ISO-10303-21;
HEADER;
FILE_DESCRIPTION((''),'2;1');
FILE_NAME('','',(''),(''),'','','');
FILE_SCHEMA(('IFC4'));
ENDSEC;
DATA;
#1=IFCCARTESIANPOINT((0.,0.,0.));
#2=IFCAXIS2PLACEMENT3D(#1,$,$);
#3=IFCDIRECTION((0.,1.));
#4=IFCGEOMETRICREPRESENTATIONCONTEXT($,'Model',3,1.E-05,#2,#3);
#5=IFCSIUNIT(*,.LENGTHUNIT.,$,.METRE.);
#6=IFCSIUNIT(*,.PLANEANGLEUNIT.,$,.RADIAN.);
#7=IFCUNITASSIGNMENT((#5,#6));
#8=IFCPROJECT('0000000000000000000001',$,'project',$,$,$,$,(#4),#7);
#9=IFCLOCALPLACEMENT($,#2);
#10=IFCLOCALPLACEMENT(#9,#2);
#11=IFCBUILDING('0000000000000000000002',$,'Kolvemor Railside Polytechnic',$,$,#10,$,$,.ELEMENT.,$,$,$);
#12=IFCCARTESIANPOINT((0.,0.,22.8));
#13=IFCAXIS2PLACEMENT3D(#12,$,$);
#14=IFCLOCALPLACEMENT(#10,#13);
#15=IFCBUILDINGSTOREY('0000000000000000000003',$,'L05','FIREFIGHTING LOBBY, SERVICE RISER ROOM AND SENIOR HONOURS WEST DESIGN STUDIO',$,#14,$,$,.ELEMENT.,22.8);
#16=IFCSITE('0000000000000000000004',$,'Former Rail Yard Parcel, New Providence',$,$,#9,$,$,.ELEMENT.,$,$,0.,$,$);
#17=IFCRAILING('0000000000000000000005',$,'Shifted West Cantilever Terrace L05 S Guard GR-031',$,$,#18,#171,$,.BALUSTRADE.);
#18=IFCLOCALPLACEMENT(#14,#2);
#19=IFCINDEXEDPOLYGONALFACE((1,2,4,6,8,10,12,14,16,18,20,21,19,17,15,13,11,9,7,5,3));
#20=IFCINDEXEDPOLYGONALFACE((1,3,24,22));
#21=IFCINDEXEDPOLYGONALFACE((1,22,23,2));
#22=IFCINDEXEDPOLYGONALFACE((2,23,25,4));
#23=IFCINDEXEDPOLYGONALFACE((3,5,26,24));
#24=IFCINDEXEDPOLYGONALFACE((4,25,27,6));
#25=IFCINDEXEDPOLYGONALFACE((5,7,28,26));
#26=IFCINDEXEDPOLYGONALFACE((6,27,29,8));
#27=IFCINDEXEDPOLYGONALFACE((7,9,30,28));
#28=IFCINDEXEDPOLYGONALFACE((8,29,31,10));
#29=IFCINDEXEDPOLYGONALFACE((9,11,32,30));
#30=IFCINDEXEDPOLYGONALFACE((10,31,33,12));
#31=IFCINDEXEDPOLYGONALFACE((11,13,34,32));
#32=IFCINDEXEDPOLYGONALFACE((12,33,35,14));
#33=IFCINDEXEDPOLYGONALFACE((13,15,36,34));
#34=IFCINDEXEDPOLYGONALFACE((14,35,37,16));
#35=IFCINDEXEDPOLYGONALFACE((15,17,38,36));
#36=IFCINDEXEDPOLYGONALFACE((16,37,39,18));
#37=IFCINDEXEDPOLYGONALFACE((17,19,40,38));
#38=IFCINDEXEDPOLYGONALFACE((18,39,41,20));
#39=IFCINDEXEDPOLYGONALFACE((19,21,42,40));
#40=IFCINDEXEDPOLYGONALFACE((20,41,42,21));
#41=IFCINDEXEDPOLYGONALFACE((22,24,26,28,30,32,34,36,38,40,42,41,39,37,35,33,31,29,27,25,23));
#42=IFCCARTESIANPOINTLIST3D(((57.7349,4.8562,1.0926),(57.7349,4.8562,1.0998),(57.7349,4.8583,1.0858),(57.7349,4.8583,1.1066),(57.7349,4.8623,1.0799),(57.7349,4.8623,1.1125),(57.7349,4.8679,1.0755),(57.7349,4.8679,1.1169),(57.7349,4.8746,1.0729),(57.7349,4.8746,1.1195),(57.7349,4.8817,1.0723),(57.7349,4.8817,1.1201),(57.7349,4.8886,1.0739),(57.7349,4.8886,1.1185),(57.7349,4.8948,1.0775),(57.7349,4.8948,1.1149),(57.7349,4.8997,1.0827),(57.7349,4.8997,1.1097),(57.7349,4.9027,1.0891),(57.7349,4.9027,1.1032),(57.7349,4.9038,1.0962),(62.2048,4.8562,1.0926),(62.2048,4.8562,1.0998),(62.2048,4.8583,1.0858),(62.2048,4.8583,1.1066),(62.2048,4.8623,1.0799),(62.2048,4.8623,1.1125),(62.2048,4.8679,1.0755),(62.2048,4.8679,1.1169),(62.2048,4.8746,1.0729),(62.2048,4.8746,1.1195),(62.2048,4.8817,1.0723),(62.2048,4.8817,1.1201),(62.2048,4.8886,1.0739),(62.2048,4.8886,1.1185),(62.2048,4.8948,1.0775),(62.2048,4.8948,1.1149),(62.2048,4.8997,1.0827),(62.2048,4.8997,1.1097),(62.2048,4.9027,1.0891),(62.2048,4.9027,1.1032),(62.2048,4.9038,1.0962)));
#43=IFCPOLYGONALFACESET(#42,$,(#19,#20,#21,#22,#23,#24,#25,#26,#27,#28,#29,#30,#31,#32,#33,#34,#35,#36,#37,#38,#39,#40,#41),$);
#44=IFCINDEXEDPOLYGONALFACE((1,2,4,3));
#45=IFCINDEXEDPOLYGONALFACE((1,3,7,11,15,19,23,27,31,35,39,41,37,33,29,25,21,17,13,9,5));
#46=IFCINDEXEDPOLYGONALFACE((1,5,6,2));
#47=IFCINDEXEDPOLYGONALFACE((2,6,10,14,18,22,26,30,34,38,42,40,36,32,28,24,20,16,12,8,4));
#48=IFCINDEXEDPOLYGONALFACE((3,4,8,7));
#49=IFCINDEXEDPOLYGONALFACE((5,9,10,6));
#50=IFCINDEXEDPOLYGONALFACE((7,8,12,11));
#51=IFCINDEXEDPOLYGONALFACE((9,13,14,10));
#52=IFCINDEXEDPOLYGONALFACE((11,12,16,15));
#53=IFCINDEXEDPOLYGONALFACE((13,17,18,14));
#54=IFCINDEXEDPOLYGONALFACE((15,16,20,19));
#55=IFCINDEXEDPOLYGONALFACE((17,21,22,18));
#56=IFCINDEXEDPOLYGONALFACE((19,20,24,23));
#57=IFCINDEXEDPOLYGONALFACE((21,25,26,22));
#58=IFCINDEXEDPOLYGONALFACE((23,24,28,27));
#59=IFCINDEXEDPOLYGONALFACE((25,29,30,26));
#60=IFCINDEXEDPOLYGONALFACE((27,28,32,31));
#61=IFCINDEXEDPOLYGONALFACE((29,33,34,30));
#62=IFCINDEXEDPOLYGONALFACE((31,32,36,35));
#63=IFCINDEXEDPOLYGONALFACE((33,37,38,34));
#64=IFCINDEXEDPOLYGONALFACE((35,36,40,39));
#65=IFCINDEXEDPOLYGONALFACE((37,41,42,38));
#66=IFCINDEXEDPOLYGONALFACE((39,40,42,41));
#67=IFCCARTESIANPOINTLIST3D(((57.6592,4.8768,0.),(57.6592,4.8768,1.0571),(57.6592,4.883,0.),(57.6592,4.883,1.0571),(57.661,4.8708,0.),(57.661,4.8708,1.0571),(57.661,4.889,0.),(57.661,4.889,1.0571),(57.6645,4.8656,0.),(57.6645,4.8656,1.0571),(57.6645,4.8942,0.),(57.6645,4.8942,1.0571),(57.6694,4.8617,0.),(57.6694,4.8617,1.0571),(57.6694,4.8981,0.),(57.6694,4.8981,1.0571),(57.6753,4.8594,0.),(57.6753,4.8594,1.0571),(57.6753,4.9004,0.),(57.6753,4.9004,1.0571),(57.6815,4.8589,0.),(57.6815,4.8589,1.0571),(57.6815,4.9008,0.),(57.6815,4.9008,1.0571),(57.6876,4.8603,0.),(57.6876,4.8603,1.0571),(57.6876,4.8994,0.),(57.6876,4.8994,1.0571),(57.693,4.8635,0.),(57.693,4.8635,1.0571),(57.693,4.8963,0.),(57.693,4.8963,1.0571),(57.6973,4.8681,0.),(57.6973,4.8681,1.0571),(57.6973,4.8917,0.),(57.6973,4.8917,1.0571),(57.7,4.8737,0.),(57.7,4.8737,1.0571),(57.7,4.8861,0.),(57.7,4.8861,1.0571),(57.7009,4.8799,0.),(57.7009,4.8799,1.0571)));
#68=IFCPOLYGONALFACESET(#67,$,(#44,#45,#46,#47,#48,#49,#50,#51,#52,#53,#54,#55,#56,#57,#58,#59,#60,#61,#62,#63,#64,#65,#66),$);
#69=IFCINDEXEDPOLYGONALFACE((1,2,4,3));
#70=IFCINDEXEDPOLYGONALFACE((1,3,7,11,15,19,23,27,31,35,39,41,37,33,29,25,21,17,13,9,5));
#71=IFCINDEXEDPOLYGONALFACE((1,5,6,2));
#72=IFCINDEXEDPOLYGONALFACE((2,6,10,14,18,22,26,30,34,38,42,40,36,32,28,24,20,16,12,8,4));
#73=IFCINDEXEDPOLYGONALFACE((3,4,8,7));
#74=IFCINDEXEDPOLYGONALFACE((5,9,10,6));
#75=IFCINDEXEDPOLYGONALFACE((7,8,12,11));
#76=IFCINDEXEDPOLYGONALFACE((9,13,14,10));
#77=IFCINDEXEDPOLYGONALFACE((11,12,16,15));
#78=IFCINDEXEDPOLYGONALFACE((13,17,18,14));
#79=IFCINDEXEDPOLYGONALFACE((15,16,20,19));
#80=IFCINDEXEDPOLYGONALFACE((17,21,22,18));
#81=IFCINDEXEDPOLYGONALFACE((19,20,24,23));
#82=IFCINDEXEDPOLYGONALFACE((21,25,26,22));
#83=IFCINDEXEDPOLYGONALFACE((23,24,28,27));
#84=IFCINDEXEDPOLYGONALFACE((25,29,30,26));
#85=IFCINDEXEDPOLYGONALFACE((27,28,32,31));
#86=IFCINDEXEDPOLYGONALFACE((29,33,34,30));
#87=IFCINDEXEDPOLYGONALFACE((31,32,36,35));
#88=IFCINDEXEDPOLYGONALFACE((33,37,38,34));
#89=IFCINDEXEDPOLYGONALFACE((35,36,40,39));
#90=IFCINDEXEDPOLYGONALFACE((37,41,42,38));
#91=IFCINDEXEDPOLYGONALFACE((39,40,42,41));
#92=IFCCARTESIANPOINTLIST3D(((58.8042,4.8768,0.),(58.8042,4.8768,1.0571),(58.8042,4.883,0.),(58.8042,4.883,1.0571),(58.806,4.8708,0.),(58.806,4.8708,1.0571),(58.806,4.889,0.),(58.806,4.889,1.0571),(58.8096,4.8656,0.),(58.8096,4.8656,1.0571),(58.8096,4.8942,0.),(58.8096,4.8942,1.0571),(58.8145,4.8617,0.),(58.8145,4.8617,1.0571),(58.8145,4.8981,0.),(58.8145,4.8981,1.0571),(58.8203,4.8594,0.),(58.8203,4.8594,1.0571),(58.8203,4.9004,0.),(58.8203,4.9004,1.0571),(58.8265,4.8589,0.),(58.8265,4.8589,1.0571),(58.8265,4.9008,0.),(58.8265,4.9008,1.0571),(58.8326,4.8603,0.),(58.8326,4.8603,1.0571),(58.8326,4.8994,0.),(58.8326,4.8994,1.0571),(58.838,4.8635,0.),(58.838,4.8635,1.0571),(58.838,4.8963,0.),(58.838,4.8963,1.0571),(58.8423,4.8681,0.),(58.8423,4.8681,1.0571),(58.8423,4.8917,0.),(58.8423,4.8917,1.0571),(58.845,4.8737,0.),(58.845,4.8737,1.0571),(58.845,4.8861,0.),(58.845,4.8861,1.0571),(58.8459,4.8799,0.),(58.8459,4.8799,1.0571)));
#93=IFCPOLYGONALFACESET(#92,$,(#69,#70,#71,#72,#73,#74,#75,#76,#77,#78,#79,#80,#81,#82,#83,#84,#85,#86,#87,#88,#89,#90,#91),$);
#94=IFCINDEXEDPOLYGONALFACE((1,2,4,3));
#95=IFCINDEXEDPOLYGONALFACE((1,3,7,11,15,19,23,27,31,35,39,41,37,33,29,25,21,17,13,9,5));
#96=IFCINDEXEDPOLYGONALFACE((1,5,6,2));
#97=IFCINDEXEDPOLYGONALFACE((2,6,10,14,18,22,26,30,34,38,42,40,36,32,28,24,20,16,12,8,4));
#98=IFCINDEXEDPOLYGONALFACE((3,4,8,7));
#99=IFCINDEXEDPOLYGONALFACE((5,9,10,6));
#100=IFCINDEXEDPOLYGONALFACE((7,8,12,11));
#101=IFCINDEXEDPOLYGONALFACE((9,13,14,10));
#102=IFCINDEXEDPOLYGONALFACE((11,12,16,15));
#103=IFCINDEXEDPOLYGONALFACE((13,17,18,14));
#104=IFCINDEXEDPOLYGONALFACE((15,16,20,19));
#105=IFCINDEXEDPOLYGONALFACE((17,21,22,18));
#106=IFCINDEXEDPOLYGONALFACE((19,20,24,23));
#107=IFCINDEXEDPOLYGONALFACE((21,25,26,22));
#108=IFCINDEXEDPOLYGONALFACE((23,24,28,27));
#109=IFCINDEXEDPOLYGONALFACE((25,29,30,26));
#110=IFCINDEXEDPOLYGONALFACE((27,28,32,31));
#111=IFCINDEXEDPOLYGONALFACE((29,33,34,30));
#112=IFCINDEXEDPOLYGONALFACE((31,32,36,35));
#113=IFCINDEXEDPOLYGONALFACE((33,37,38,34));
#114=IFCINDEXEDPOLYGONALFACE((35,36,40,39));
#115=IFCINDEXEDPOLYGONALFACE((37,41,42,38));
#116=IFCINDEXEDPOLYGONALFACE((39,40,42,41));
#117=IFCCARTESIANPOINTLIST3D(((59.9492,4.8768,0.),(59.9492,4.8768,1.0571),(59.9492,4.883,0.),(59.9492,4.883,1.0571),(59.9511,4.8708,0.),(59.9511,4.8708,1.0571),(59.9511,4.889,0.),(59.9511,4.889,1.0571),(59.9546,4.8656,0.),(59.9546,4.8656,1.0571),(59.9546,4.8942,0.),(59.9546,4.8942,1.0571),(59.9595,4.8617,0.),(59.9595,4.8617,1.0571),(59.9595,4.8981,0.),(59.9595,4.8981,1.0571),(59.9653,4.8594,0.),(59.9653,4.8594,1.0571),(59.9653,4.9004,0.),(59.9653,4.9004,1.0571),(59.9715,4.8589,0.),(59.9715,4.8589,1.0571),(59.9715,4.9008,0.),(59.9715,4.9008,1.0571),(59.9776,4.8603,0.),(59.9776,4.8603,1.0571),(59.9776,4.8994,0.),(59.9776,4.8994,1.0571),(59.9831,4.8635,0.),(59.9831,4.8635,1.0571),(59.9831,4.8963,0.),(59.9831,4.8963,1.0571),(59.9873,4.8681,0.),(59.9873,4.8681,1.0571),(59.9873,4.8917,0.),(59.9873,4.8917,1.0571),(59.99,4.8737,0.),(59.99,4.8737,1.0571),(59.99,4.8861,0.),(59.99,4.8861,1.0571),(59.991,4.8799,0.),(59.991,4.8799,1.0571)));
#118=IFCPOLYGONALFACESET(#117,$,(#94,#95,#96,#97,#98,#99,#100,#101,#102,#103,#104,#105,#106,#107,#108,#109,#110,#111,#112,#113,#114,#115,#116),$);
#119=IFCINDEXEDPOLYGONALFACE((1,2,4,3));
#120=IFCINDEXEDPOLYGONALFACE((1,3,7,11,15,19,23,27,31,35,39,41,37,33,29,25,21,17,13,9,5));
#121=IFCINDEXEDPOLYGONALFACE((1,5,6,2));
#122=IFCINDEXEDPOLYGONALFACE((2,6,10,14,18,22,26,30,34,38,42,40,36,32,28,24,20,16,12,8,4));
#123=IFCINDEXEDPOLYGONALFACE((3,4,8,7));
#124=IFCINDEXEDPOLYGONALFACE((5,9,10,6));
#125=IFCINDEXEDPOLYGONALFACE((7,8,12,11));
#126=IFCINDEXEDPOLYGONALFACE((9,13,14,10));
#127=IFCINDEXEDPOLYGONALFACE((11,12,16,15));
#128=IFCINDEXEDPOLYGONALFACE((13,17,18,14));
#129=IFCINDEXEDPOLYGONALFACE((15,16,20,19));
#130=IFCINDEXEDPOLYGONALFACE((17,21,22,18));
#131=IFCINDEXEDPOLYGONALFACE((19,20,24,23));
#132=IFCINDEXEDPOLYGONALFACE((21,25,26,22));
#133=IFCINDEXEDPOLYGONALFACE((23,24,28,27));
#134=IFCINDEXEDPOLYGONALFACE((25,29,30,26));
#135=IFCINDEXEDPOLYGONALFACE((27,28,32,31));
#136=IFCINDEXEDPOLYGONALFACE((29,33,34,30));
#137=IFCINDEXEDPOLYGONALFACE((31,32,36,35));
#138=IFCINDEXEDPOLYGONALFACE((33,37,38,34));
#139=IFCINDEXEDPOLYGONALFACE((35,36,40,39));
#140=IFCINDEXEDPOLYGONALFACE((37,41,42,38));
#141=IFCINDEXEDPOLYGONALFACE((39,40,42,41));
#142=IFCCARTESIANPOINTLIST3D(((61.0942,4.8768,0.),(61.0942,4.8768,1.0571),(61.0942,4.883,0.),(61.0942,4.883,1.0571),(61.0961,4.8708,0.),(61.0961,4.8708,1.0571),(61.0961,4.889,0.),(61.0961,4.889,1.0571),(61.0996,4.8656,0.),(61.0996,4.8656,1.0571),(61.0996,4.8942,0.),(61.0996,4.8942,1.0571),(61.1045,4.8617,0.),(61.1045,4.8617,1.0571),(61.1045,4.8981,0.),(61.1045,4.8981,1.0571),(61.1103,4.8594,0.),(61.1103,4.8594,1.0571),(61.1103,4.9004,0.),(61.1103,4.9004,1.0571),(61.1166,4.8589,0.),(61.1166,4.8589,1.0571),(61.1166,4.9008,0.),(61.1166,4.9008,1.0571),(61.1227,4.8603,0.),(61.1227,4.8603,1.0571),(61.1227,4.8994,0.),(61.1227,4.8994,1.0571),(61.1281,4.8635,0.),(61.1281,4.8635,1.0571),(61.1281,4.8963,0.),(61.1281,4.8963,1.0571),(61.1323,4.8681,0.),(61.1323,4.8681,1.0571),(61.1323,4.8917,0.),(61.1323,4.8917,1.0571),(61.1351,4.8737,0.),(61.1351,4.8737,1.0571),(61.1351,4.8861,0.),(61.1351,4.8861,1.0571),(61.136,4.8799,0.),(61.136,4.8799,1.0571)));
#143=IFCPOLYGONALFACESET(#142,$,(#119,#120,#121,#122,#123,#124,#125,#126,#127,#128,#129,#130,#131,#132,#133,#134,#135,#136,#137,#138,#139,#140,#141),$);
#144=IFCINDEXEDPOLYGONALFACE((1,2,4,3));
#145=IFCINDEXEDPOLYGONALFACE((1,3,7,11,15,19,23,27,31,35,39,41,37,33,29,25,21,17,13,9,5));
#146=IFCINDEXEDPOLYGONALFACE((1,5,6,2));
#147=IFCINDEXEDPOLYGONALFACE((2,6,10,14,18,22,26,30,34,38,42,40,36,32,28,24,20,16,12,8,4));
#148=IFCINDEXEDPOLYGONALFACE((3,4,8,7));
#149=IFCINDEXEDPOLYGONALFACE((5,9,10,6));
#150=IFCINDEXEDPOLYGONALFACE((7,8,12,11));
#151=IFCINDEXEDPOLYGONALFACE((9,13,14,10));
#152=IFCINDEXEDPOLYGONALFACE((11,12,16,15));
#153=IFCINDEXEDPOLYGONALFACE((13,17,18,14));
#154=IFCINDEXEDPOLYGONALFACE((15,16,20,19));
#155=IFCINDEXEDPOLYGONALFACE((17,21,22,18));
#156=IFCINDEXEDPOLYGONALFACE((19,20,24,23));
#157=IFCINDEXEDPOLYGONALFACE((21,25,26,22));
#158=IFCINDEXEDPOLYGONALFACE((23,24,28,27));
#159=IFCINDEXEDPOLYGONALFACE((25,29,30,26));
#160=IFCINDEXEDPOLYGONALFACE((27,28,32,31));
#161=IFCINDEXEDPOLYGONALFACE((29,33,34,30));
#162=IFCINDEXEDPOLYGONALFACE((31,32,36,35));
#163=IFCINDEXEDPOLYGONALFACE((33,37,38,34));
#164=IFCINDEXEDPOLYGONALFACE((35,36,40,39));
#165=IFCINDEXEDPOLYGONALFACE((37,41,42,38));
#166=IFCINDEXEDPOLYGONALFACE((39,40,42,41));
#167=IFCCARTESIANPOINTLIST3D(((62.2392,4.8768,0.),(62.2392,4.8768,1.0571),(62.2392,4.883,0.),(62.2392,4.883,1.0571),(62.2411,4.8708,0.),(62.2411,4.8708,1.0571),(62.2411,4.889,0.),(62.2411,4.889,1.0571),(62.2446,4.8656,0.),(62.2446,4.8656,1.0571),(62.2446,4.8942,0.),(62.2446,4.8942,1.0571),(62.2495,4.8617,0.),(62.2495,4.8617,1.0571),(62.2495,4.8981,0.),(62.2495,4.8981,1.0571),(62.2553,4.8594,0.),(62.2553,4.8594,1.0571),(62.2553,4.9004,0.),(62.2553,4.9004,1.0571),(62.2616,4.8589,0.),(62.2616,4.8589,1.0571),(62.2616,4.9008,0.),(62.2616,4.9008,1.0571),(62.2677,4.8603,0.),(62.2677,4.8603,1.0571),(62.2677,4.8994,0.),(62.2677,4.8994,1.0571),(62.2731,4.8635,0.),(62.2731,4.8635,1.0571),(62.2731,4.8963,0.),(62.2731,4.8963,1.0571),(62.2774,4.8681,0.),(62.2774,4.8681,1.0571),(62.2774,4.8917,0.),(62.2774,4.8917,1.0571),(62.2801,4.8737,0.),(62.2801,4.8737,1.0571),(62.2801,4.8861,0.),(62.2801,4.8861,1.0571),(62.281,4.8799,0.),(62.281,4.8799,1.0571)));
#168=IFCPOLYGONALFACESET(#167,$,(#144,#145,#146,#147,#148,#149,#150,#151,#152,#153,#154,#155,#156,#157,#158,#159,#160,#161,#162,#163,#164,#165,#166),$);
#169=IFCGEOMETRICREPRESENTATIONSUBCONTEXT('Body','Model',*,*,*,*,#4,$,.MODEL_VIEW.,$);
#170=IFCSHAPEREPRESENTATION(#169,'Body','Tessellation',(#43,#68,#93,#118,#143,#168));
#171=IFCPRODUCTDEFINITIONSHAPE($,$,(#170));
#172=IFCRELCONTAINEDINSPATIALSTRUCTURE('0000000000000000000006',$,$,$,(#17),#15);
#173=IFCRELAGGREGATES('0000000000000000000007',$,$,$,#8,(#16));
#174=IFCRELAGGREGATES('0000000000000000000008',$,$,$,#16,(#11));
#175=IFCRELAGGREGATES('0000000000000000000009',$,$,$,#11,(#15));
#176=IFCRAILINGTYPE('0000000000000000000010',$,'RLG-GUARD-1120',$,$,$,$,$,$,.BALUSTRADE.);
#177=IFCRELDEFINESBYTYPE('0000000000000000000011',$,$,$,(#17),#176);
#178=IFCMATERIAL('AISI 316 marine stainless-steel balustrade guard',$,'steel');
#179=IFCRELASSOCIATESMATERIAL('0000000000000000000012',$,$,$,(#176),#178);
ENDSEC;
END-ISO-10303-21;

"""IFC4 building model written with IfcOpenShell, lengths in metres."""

from ifc_helpers import new_model, si_unit, direction, frame, origin, origin_2d, place, context, subcontext, project, spatial, circle, extrude, material, type_object, element, save


model = new_model("IFC4")

# Units and contexts
model_context = context("Model", 3, precision=1e-05, world=origin(), true_north=direction((0.0, 1.0)))
body_context = subcontext(model_context, "Body", "Model", "MODEL_VIEW")
ifc_project = project(units=[si_unit("LENGTHUNIT", "METRE"), si_unit("PLANEANGLEUNIT", "RADIAN")], contexts=[model_context])

# Site, building, storey
site_placement = place(None, origin())
site = spatial("IfcSite", under=ifc_project, at=site_placement, Name="Former Rail Yard Parcel, New Providence", CompositionType="ELEMENT", RefElevation=0.0)
building_placement = place(site_placement, origin())
building = spatial("IfcBuilding", under=site, at=building_placement, Name="Kolvemor Railside Polytechnic", CompositionType="ELEMENT")
storey_placement = place(building_placement, frame((0.0, 0.0, 22.8)))
storey = spatial("IfcBuildingStorey", under=building, at=storey_placement, Name="L05", Description="FIREFIGHTING LOBBY, SERVICE RISER ROOM AND SENIOR HONOURS WEST DESIGN STUDIO", CompositionType="ELEMENT", Elevation=22.8)

# Railing
ifc_material_1 = material(Name="AISI 316 marine stainless-steel balustrade guard", Category="steel")
railing_type = type_object("IfcRailingType", Name="RLG-GUARD-1120", PredefinedType="BALUSTRADE", material=ifc_material_1)
railing_1_placement = place(storey_placement, frame((57.6799, 4.8799, 0.0)))
element("IfcRailing", 1, at=railing_1_placement, inside=storey, type_object=railing_type, Name="Shifted West Cantilever Terrace L05 S Guard GR-031", PredefinedType="BALUSTRADE", context=body_context, shape_type="SweptSolid", body=[
    extrude(circle(Radius=0.0239, at=origin_2d()), frame((0.0549, 0.0, 1.0962), z_axis=(1.0, 0.0, 0.0), x_axis=(0.0, 1.0, 0.0)), (0.0, 0.0, 1.0), 4.47),
    extrude(circle(Radius=0.021, at=origin_2d()), origin(), (0.0, 0.0, 1.0), 1.0571),
    extrude(circle(Radius=0.021, at=origin_2d()), frame((1.145, 0.0, 0.0)), (0.0, 0.0, 1.0), 1.0571),
    extrude(circle(Radius=0.021, at=origin_2d()), frame((2.29, 0.0, 0.0)), (0.0, 0.0, 1.0), 1.0571),
    extrude(circle(Radius=0.021, at=origin_2d()), frame((3.4351, 0.0, 0.0)), (0.0, 0.0, 1.0), 1.0571),
    extrude(circle(Radius=0.021, at=origin_2d()), frame((4.5801, 0.0, 0.0)), (0.0, 0.0, 1.0), 1.0571),
])

save(model, "model.ifc")
